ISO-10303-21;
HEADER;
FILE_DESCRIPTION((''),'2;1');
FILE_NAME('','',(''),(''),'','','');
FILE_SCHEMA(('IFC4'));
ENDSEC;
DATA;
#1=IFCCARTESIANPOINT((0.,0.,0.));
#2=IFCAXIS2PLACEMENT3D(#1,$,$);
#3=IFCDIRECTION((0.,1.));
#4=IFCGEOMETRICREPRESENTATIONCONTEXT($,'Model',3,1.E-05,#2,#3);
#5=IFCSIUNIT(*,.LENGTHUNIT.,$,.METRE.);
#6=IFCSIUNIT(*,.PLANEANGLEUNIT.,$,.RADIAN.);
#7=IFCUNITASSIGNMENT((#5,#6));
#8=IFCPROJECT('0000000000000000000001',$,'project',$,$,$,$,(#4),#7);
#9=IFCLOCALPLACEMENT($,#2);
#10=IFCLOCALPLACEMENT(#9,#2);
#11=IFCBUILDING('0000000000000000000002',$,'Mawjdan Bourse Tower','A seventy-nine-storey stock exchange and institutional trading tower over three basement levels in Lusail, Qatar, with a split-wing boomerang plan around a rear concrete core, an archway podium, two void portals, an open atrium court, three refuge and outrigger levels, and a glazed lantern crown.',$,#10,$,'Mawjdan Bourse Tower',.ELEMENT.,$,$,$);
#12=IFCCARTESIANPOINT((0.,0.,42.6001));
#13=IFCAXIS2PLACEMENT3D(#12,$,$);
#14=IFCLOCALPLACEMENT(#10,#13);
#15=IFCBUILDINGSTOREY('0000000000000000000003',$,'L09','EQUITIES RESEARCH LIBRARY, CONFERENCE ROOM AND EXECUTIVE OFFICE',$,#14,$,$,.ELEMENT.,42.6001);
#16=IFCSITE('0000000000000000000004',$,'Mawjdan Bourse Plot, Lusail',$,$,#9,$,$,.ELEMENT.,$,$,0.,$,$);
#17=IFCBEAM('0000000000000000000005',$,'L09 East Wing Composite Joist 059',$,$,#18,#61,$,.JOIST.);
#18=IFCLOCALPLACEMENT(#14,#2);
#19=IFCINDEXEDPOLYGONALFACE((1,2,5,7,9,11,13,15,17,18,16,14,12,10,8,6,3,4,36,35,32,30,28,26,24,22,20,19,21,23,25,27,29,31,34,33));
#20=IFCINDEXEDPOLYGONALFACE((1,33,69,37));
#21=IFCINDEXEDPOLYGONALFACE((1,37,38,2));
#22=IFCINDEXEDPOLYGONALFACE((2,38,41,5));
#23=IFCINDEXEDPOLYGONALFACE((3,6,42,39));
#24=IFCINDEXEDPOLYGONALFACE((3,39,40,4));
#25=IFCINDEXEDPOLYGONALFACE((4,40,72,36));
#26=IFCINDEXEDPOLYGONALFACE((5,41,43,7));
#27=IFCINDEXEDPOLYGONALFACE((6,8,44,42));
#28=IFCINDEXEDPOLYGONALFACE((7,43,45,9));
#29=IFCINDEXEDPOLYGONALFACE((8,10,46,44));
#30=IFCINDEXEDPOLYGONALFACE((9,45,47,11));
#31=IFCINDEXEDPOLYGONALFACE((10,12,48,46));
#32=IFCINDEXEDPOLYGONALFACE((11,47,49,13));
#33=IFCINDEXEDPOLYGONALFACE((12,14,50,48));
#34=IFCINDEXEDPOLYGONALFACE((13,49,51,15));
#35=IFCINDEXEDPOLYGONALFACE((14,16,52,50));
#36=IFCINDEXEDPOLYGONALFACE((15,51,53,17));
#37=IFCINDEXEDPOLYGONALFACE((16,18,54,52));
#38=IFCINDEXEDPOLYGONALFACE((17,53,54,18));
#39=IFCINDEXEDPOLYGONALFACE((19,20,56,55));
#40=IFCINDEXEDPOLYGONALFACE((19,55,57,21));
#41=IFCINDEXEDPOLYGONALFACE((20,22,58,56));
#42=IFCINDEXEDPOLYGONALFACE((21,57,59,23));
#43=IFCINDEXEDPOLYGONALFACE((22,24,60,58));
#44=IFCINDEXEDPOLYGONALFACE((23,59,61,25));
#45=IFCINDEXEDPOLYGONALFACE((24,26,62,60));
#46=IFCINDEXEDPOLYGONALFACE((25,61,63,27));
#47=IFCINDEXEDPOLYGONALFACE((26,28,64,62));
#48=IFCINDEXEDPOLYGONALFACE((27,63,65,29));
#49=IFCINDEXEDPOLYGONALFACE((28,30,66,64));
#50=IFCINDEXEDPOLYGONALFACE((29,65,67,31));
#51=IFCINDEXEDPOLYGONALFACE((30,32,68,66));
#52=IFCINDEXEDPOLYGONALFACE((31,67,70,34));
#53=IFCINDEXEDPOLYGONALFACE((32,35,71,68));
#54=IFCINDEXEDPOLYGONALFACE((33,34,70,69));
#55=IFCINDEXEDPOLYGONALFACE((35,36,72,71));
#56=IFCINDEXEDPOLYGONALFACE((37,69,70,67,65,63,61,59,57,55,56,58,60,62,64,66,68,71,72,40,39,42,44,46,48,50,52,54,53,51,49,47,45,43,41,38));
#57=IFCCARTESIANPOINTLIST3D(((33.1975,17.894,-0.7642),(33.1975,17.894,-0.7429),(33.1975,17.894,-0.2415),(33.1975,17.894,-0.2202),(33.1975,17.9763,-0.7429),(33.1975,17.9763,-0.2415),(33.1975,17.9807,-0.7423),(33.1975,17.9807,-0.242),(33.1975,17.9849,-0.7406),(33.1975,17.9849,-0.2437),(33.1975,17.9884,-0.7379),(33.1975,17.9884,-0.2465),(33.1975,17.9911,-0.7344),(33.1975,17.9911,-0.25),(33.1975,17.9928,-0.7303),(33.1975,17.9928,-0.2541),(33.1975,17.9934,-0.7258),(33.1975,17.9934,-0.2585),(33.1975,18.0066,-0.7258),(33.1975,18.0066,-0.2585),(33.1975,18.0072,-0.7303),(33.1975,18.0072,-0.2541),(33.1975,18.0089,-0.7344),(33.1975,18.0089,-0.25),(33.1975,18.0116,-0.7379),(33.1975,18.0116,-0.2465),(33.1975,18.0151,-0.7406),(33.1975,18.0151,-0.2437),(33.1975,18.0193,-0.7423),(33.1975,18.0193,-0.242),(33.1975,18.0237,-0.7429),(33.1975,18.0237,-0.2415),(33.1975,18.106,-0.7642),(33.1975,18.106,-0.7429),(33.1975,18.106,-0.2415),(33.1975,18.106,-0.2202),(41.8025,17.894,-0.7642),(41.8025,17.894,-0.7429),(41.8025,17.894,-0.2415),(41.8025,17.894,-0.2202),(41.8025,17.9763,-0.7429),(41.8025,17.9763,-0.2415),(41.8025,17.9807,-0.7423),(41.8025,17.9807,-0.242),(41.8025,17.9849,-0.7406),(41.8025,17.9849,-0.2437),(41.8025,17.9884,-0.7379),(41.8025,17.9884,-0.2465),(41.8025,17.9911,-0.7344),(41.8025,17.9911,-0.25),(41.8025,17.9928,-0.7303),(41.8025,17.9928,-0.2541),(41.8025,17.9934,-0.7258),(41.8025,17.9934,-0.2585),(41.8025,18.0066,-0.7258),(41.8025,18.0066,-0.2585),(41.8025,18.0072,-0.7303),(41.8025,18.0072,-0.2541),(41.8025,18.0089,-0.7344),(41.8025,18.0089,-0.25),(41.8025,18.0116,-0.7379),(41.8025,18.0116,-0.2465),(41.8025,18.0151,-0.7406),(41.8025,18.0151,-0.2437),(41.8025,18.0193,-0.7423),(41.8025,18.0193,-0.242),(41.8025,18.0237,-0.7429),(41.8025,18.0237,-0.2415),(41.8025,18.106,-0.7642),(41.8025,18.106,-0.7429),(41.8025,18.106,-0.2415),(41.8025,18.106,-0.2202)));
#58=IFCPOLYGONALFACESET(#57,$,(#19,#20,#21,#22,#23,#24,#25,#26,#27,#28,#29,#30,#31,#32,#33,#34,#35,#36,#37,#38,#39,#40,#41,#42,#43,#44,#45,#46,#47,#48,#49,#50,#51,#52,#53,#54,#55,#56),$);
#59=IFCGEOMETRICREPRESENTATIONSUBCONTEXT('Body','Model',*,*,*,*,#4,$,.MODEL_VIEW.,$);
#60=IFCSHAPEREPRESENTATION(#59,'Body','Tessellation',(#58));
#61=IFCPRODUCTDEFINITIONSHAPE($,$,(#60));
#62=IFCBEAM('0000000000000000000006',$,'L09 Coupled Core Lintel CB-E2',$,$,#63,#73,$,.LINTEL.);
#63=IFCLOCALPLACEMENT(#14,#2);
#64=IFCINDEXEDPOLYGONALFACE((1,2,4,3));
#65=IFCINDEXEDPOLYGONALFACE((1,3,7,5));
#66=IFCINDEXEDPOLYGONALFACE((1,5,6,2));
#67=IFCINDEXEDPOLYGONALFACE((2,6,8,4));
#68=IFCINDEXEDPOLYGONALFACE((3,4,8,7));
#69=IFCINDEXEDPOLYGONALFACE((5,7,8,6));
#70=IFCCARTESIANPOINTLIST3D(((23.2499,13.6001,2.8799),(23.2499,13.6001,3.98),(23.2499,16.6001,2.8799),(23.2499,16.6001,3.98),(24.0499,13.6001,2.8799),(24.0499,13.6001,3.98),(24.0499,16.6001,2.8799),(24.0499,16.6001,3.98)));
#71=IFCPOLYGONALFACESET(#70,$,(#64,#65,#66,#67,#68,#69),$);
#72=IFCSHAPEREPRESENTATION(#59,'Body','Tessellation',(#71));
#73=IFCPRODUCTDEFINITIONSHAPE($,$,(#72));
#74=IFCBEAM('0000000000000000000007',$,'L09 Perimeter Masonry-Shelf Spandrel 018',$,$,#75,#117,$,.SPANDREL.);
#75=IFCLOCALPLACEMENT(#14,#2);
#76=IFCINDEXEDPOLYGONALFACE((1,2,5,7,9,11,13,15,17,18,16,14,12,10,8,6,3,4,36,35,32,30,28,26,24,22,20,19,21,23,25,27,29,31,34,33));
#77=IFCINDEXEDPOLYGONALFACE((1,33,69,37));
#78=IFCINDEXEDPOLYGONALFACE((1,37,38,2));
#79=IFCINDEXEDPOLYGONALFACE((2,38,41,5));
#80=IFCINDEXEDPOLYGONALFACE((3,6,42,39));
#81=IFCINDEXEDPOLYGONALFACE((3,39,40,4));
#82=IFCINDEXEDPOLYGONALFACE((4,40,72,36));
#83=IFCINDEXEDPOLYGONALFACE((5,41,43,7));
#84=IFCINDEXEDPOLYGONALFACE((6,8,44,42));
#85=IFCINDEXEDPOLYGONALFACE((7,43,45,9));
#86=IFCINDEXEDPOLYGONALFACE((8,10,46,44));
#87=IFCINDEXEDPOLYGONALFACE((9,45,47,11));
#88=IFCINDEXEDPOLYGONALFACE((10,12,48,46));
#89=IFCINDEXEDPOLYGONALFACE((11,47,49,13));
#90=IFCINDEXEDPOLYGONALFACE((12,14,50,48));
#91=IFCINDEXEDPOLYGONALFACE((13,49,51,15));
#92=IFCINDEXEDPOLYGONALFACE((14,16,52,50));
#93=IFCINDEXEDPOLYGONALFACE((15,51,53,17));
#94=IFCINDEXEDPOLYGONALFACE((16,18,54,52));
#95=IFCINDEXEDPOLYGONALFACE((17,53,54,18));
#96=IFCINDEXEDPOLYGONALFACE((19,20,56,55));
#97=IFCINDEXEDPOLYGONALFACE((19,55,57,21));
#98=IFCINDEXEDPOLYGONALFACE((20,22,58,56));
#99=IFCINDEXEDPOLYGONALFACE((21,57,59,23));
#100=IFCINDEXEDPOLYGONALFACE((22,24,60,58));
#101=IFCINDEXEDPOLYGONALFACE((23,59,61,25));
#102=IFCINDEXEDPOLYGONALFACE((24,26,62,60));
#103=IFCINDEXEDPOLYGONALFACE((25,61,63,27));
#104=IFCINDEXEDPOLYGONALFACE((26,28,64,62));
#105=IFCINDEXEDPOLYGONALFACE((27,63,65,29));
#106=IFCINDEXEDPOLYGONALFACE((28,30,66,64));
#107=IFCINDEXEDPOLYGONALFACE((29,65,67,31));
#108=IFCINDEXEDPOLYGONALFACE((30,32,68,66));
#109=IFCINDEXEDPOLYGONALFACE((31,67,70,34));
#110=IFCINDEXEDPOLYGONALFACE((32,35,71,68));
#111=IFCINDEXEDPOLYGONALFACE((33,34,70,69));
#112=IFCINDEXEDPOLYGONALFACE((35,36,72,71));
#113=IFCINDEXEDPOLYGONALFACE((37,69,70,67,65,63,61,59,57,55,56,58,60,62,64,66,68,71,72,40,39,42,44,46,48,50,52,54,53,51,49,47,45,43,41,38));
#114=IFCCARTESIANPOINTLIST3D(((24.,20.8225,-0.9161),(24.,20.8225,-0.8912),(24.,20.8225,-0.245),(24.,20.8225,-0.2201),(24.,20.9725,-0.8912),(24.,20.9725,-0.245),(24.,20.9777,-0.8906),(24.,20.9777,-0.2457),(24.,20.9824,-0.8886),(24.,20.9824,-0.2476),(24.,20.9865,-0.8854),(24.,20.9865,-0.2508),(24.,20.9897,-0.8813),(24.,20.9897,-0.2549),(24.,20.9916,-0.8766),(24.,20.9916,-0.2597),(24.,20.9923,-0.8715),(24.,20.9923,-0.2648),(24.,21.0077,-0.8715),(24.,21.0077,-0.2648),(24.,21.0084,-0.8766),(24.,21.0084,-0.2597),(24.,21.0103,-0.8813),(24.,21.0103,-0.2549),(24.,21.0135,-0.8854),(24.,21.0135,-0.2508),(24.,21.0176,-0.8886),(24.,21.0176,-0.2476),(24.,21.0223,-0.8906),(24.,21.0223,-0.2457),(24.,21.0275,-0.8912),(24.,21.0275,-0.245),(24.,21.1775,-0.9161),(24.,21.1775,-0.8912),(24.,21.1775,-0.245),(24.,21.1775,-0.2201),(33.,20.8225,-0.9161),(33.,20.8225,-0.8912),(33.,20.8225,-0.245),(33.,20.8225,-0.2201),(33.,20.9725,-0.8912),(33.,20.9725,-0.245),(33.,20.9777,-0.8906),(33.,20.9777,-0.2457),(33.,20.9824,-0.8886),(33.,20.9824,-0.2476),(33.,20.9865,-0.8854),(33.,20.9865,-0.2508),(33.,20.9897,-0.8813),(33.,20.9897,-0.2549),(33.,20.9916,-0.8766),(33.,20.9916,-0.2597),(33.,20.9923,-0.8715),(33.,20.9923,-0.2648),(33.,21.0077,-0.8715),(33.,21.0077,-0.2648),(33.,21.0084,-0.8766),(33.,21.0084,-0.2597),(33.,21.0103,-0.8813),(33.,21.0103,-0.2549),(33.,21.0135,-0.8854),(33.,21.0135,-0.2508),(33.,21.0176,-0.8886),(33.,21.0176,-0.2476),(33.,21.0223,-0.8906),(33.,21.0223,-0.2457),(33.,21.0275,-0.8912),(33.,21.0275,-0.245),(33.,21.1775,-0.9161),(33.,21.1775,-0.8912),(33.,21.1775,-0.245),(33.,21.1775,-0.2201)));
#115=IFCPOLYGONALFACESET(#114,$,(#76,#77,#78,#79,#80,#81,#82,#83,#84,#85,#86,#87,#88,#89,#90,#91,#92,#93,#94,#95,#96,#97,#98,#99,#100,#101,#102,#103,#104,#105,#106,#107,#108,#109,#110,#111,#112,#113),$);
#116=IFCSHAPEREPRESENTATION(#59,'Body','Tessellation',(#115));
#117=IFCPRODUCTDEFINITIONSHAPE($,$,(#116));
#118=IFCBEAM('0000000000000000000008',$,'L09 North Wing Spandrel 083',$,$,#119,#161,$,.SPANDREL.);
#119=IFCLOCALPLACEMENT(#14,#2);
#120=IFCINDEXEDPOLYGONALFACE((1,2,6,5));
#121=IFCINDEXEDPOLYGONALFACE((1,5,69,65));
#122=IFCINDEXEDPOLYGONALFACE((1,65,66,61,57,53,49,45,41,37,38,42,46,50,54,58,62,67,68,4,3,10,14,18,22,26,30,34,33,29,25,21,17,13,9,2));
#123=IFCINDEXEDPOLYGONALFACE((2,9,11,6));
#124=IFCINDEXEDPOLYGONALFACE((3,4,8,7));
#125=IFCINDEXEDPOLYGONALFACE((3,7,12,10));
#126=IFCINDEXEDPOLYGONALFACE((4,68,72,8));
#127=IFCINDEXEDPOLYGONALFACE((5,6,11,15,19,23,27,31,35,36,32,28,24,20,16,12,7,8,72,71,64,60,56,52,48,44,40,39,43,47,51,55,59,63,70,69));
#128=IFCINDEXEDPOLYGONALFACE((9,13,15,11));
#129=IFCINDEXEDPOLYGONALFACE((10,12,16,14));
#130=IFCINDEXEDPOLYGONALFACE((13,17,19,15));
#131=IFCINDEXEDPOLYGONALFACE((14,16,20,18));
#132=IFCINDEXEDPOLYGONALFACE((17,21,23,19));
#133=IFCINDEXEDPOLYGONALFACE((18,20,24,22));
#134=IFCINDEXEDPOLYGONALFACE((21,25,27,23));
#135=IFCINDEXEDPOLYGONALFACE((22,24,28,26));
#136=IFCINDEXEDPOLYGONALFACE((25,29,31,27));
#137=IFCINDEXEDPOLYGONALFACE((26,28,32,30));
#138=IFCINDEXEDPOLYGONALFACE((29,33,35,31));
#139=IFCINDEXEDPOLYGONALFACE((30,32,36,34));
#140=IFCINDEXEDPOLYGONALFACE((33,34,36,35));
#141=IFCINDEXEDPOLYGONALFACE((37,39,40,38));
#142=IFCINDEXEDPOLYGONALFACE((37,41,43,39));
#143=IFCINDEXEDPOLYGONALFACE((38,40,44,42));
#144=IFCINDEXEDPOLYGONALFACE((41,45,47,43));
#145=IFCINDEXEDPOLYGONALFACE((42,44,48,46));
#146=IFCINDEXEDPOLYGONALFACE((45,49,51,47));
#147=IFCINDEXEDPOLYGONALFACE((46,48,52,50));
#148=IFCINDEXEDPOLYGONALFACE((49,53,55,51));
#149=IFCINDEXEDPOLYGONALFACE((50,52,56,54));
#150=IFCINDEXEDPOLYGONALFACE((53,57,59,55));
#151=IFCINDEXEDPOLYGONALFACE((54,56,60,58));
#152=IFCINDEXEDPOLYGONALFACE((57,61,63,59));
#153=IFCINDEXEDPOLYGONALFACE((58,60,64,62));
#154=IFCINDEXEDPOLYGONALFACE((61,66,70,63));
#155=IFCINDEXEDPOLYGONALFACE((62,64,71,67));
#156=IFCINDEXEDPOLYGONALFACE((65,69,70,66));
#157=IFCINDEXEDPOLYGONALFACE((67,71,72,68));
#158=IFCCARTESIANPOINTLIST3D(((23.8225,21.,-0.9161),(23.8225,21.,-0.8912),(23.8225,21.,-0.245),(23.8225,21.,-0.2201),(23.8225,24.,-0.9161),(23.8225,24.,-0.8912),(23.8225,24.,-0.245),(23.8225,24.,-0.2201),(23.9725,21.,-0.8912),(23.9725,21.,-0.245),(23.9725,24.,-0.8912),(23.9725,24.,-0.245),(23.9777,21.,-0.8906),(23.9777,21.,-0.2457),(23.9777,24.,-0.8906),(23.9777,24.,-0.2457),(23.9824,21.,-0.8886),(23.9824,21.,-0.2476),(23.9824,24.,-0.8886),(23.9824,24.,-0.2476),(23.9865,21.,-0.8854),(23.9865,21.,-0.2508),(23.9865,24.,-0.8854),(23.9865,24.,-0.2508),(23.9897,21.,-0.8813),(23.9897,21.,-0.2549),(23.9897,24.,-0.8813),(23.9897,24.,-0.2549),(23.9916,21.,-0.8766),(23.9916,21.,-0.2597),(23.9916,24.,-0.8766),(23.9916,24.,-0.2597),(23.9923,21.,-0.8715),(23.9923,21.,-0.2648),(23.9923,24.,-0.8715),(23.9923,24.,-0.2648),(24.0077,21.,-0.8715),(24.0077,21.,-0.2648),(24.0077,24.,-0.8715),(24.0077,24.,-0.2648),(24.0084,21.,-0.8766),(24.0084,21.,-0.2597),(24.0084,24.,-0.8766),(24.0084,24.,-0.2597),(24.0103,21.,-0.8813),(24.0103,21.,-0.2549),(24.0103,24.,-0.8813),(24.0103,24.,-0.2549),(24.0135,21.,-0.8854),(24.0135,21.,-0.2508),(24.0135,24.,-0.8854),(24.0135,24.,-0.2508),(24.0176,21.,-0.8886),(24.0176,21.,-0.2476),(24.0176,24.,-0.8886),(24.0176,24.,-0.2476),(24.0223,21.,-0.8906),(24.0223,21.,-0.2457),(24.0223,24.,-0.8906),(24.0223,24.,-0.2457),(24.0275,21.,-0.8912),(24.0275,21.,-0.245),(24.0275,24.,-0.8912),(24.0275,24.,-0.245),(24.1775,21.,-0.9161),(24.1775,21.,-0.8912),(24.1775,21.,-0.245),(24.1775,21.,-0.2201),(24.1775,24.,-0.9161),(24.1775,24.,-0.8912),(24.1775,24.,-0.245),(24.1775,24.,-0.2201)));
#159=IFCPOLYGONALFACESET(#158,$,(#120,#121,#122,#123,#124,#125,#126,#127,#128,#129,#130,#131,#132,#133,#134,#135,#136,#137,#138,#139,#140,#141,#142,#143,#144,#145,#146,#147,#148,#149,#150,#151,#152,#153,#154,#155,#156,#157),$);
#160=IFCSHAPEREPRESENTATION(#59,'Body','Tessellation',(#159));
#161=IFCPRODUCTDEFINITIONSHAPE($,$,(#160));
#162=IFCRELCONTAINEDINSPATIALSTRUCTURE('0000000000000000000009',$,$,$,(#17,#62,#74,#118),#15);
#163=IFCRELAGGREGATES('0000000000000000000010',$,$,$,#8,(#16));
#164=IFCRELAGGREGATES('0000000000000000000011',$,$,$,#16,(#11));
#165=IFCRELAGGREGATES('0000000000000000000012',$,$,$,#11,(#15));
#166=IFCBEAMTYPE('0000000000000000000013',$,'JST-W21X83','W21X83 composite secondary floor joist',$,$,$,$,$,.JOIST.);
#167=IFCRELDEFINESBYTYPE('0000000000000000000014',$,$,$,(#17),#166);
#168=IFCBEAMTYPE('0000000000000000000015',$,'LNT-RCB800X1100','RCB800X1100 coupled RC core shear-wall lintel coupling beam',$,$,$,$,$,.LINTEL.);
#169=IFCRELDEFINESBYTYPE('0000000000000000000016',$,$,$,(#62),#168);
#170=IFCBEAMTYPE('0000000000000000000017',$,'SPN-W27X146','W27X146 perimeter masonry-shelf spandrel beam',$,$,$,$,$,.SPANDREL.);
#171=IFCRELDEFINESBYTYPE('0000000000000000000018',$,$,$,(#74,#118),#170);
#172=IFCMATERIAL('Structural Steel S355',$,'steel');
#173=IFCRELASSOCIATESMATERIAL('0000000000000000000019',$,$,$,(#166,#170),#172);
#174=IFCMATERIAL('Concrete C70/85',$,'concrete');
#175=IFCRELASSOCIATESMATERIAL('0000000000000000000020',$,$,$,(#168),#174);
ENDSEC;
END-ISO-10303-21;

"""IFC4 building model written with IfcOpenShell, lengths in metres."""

from ifc_helpers import new_model, si_unit, direction, frame, origin, origin_2d, place, context, subcontext, project, spatial, rectangle, i_section, extrude, material, material_profile, profile_set, type_object, element, save


model = new_model("IFC4")

# Units and contexts
model_context = context("Model", 3, precision=1e-05, world=origin(), true_north=direction((0.0, 1.0)))
body_context = subcontext(model_context, "Body", "Model", "MODEL_VIEW")
ifc_project = project(units=[si_unit("LENGTHUNIT", "METRE"), si_unit("PLANEANGLEUNIT", "RADIAN")], contexts=[model_context])

# Site, building, storey
site_placement = place(None, origin())
site = spatial("IfcSite", under=ifc_project, at=site_placement, Name="Mawjdan Bourse Plot, Lusail", CompositionType="ELEMENT", RefElevation=0.0)
building_placement = place(site_placement, origin())
building = spatial("IfcBuilding", under=site, at=building_placement, Name="Mawjdan Bourse Tower", Description="A seventy-nine-storey stock exchange and institutional trading tower over three basement levels in Lusail, Qatar, with a split-wing boomerang plan around a rear concrete core, an archway podium, two void portals, an open atrium court, three refuge and outrigger levels, and a glazed lantern crown.", LongName="Mawjdan Bourse Tower", CompositionType="ELEMENT")
storey_placement = place(building_placement, frame((0.0, 0.0, 42.6001)))
storey = spatial("IfcBuildingStorey", under=building, at=storey_placement, Name="L09", Description="EQUITIES RESEARCH LIBRARY, CONFERENCE ROOM AND EXECUTIVE OFFICE", CompositionType="ELEMENT", Elevation=42.6001)

# Beams
ifc_material_1 = material(Name="Structural Steel S355", Category="steel")
ifc_material_profile_1 = material_profile(ifc_material_1, i_section(OverallWidth=0.2119, OverallDepth=0.5439, WebThickness=0.0132, FlangeThickness=0.0212, FilletRadius=0.0171, at=origin_2d()), Name="W21X83")
ifc_profile_set_1 = profile_set([ifc_material_profile_1], Name="Structural Steel S355")
beam_type_1 = type_object("IfcBeamType", Name="JST-W21X83", Description="W21X83 composite secondary floor joist", PredefinedType="JOIST", material=ifc_profile_set_1)
beam_1_placement = place(storey_placement, frame((33.1975, 18.0, -0.4922), z_axis=(1.0, 0.0, 0.0), x_axis=(0.0, 1.0, 0.0)))
element("IfcBeam", 1, at=beam_1_placement, inside=storey, type_object=beam_type_1, Name="L09 East Wing Composite Joist 059", PredefinedType="JOIST", context=body_context, shape_type="SweptSolid", body=[
    extrude(i_section(OverallWidth=0.2119, OverallDepth=0.5439, WebThickness=0.0132, FlangeThickness=0.0212, FilletRadius=0.0171, at=origin_2d()), origin(), (0.0, 0.0, 1.0), 8.605),
])
ifc_material_2 = material(Name="Concrete C70/85", Category="concrete")
ifc_material_profile_2 = material_profile(ifc_material_2, rectangle(XDim=0.8, YDim=1.1001, at=origin_2d()), Name="RCB800X1100")
ifc_profile_set_2 = profile_set([ifc_material_profile_2], Name="Concrete C70/85")
beam_type_2 = type_object("IfcBeamType", Name="LNT-RCB800X1100", Description="RCB800X1100 coupled RC core shear-wall lintel coupling beam", PredefinedType="LINTEL", material=ifc_profile_set_2)
beam_2_placement = place(storey_placement, frame((23.6499, 13.6001, 3.4299), z_axis=(0.0, 1.0, 0.0), x_axis=(-1.0, 0.0, 0.0)))
element("IfcBeam", 2, at=beam_2_placement, inside=storey, type_object=beam_type_2, Name="L09 Coupled Core Lintel CB-E2", PredefinedType="LINTEL", context=body_context, shape_type="SweptSolid", body=[
    extrude(rectangle(XDim=0.8, YDim=1.1001, at=origin_2d()), origin(), (0.0, 0.0, 1.0), 3.0),
])
ifc_material_profile_3 = material_profile(ifc_material_1, i_section(OverallWidth=0.355, OverallDepth=0.696, WebThickness=0.0154, FlangeThickness=0.0249, FilletRadius=0.0198, at=origin_2d()), Name="W27X146")
ifc_profile_set_3 = profile_set([ifc_material_profile_3], Name="Structural Steel S355")
beam_type_3 = type_object("IfcBeamType", Name="SPN-W27X146", Description="W27X146 perimeter masonry-shelf spandrel beam", PredefinedType="SPANDREL", material=ifc_profile_set_3)
beam_3_placement = place(storey_placement, frame((24.0, 21.0, -0.5681), z_axis=(1.0, 0.0, 0.0), x_axis=(0.0, 1.0, 0.0)))
element("IfcBeam", 3, at=beam_3_placement, inside=storey, type_object=beam_type_3, Name="L09 Perimeter Masonry-Shelf Spandrel 018", PredefinedType="SPANDREL", context=body_context, shape_type="SweptSolid", body=[
    extrude(i_section(OverallWidth=0.355, OverallDepth=0.696, WebThickness=0.0154, FlangeThickness=0.0249, FilletRadius=0.0198, at=origin_2d()), origin(), (0.0, 0.0, 1.0), 9.0),
])
beam_4_placement = place(storey_placement, frame((24.0, 21.0, -0.5681), z_axis=(0.0, 1.0, 0.0), x_axis=(-1.0, 0.0, 0.0)))
element("IfcBeam", 4, at=beam_4_placement, inside=storey, type_object=beam_type_3, Name="L09 North Wing Spandrel 083", PredefinedType="SPANDREL", context=body_context, shape_type="SweptSolid", body=[
    extrude(i_section(OverallWidth=0.355, OverallDepth=0.696, WebThickness=0.0154, FlangeThickness=0.0249, FilletRadius=0.0198, at=origin_2d()), origin(), (0.0, 0.0, 1.0), 3.0),
])

save(model, "model.ifc")
